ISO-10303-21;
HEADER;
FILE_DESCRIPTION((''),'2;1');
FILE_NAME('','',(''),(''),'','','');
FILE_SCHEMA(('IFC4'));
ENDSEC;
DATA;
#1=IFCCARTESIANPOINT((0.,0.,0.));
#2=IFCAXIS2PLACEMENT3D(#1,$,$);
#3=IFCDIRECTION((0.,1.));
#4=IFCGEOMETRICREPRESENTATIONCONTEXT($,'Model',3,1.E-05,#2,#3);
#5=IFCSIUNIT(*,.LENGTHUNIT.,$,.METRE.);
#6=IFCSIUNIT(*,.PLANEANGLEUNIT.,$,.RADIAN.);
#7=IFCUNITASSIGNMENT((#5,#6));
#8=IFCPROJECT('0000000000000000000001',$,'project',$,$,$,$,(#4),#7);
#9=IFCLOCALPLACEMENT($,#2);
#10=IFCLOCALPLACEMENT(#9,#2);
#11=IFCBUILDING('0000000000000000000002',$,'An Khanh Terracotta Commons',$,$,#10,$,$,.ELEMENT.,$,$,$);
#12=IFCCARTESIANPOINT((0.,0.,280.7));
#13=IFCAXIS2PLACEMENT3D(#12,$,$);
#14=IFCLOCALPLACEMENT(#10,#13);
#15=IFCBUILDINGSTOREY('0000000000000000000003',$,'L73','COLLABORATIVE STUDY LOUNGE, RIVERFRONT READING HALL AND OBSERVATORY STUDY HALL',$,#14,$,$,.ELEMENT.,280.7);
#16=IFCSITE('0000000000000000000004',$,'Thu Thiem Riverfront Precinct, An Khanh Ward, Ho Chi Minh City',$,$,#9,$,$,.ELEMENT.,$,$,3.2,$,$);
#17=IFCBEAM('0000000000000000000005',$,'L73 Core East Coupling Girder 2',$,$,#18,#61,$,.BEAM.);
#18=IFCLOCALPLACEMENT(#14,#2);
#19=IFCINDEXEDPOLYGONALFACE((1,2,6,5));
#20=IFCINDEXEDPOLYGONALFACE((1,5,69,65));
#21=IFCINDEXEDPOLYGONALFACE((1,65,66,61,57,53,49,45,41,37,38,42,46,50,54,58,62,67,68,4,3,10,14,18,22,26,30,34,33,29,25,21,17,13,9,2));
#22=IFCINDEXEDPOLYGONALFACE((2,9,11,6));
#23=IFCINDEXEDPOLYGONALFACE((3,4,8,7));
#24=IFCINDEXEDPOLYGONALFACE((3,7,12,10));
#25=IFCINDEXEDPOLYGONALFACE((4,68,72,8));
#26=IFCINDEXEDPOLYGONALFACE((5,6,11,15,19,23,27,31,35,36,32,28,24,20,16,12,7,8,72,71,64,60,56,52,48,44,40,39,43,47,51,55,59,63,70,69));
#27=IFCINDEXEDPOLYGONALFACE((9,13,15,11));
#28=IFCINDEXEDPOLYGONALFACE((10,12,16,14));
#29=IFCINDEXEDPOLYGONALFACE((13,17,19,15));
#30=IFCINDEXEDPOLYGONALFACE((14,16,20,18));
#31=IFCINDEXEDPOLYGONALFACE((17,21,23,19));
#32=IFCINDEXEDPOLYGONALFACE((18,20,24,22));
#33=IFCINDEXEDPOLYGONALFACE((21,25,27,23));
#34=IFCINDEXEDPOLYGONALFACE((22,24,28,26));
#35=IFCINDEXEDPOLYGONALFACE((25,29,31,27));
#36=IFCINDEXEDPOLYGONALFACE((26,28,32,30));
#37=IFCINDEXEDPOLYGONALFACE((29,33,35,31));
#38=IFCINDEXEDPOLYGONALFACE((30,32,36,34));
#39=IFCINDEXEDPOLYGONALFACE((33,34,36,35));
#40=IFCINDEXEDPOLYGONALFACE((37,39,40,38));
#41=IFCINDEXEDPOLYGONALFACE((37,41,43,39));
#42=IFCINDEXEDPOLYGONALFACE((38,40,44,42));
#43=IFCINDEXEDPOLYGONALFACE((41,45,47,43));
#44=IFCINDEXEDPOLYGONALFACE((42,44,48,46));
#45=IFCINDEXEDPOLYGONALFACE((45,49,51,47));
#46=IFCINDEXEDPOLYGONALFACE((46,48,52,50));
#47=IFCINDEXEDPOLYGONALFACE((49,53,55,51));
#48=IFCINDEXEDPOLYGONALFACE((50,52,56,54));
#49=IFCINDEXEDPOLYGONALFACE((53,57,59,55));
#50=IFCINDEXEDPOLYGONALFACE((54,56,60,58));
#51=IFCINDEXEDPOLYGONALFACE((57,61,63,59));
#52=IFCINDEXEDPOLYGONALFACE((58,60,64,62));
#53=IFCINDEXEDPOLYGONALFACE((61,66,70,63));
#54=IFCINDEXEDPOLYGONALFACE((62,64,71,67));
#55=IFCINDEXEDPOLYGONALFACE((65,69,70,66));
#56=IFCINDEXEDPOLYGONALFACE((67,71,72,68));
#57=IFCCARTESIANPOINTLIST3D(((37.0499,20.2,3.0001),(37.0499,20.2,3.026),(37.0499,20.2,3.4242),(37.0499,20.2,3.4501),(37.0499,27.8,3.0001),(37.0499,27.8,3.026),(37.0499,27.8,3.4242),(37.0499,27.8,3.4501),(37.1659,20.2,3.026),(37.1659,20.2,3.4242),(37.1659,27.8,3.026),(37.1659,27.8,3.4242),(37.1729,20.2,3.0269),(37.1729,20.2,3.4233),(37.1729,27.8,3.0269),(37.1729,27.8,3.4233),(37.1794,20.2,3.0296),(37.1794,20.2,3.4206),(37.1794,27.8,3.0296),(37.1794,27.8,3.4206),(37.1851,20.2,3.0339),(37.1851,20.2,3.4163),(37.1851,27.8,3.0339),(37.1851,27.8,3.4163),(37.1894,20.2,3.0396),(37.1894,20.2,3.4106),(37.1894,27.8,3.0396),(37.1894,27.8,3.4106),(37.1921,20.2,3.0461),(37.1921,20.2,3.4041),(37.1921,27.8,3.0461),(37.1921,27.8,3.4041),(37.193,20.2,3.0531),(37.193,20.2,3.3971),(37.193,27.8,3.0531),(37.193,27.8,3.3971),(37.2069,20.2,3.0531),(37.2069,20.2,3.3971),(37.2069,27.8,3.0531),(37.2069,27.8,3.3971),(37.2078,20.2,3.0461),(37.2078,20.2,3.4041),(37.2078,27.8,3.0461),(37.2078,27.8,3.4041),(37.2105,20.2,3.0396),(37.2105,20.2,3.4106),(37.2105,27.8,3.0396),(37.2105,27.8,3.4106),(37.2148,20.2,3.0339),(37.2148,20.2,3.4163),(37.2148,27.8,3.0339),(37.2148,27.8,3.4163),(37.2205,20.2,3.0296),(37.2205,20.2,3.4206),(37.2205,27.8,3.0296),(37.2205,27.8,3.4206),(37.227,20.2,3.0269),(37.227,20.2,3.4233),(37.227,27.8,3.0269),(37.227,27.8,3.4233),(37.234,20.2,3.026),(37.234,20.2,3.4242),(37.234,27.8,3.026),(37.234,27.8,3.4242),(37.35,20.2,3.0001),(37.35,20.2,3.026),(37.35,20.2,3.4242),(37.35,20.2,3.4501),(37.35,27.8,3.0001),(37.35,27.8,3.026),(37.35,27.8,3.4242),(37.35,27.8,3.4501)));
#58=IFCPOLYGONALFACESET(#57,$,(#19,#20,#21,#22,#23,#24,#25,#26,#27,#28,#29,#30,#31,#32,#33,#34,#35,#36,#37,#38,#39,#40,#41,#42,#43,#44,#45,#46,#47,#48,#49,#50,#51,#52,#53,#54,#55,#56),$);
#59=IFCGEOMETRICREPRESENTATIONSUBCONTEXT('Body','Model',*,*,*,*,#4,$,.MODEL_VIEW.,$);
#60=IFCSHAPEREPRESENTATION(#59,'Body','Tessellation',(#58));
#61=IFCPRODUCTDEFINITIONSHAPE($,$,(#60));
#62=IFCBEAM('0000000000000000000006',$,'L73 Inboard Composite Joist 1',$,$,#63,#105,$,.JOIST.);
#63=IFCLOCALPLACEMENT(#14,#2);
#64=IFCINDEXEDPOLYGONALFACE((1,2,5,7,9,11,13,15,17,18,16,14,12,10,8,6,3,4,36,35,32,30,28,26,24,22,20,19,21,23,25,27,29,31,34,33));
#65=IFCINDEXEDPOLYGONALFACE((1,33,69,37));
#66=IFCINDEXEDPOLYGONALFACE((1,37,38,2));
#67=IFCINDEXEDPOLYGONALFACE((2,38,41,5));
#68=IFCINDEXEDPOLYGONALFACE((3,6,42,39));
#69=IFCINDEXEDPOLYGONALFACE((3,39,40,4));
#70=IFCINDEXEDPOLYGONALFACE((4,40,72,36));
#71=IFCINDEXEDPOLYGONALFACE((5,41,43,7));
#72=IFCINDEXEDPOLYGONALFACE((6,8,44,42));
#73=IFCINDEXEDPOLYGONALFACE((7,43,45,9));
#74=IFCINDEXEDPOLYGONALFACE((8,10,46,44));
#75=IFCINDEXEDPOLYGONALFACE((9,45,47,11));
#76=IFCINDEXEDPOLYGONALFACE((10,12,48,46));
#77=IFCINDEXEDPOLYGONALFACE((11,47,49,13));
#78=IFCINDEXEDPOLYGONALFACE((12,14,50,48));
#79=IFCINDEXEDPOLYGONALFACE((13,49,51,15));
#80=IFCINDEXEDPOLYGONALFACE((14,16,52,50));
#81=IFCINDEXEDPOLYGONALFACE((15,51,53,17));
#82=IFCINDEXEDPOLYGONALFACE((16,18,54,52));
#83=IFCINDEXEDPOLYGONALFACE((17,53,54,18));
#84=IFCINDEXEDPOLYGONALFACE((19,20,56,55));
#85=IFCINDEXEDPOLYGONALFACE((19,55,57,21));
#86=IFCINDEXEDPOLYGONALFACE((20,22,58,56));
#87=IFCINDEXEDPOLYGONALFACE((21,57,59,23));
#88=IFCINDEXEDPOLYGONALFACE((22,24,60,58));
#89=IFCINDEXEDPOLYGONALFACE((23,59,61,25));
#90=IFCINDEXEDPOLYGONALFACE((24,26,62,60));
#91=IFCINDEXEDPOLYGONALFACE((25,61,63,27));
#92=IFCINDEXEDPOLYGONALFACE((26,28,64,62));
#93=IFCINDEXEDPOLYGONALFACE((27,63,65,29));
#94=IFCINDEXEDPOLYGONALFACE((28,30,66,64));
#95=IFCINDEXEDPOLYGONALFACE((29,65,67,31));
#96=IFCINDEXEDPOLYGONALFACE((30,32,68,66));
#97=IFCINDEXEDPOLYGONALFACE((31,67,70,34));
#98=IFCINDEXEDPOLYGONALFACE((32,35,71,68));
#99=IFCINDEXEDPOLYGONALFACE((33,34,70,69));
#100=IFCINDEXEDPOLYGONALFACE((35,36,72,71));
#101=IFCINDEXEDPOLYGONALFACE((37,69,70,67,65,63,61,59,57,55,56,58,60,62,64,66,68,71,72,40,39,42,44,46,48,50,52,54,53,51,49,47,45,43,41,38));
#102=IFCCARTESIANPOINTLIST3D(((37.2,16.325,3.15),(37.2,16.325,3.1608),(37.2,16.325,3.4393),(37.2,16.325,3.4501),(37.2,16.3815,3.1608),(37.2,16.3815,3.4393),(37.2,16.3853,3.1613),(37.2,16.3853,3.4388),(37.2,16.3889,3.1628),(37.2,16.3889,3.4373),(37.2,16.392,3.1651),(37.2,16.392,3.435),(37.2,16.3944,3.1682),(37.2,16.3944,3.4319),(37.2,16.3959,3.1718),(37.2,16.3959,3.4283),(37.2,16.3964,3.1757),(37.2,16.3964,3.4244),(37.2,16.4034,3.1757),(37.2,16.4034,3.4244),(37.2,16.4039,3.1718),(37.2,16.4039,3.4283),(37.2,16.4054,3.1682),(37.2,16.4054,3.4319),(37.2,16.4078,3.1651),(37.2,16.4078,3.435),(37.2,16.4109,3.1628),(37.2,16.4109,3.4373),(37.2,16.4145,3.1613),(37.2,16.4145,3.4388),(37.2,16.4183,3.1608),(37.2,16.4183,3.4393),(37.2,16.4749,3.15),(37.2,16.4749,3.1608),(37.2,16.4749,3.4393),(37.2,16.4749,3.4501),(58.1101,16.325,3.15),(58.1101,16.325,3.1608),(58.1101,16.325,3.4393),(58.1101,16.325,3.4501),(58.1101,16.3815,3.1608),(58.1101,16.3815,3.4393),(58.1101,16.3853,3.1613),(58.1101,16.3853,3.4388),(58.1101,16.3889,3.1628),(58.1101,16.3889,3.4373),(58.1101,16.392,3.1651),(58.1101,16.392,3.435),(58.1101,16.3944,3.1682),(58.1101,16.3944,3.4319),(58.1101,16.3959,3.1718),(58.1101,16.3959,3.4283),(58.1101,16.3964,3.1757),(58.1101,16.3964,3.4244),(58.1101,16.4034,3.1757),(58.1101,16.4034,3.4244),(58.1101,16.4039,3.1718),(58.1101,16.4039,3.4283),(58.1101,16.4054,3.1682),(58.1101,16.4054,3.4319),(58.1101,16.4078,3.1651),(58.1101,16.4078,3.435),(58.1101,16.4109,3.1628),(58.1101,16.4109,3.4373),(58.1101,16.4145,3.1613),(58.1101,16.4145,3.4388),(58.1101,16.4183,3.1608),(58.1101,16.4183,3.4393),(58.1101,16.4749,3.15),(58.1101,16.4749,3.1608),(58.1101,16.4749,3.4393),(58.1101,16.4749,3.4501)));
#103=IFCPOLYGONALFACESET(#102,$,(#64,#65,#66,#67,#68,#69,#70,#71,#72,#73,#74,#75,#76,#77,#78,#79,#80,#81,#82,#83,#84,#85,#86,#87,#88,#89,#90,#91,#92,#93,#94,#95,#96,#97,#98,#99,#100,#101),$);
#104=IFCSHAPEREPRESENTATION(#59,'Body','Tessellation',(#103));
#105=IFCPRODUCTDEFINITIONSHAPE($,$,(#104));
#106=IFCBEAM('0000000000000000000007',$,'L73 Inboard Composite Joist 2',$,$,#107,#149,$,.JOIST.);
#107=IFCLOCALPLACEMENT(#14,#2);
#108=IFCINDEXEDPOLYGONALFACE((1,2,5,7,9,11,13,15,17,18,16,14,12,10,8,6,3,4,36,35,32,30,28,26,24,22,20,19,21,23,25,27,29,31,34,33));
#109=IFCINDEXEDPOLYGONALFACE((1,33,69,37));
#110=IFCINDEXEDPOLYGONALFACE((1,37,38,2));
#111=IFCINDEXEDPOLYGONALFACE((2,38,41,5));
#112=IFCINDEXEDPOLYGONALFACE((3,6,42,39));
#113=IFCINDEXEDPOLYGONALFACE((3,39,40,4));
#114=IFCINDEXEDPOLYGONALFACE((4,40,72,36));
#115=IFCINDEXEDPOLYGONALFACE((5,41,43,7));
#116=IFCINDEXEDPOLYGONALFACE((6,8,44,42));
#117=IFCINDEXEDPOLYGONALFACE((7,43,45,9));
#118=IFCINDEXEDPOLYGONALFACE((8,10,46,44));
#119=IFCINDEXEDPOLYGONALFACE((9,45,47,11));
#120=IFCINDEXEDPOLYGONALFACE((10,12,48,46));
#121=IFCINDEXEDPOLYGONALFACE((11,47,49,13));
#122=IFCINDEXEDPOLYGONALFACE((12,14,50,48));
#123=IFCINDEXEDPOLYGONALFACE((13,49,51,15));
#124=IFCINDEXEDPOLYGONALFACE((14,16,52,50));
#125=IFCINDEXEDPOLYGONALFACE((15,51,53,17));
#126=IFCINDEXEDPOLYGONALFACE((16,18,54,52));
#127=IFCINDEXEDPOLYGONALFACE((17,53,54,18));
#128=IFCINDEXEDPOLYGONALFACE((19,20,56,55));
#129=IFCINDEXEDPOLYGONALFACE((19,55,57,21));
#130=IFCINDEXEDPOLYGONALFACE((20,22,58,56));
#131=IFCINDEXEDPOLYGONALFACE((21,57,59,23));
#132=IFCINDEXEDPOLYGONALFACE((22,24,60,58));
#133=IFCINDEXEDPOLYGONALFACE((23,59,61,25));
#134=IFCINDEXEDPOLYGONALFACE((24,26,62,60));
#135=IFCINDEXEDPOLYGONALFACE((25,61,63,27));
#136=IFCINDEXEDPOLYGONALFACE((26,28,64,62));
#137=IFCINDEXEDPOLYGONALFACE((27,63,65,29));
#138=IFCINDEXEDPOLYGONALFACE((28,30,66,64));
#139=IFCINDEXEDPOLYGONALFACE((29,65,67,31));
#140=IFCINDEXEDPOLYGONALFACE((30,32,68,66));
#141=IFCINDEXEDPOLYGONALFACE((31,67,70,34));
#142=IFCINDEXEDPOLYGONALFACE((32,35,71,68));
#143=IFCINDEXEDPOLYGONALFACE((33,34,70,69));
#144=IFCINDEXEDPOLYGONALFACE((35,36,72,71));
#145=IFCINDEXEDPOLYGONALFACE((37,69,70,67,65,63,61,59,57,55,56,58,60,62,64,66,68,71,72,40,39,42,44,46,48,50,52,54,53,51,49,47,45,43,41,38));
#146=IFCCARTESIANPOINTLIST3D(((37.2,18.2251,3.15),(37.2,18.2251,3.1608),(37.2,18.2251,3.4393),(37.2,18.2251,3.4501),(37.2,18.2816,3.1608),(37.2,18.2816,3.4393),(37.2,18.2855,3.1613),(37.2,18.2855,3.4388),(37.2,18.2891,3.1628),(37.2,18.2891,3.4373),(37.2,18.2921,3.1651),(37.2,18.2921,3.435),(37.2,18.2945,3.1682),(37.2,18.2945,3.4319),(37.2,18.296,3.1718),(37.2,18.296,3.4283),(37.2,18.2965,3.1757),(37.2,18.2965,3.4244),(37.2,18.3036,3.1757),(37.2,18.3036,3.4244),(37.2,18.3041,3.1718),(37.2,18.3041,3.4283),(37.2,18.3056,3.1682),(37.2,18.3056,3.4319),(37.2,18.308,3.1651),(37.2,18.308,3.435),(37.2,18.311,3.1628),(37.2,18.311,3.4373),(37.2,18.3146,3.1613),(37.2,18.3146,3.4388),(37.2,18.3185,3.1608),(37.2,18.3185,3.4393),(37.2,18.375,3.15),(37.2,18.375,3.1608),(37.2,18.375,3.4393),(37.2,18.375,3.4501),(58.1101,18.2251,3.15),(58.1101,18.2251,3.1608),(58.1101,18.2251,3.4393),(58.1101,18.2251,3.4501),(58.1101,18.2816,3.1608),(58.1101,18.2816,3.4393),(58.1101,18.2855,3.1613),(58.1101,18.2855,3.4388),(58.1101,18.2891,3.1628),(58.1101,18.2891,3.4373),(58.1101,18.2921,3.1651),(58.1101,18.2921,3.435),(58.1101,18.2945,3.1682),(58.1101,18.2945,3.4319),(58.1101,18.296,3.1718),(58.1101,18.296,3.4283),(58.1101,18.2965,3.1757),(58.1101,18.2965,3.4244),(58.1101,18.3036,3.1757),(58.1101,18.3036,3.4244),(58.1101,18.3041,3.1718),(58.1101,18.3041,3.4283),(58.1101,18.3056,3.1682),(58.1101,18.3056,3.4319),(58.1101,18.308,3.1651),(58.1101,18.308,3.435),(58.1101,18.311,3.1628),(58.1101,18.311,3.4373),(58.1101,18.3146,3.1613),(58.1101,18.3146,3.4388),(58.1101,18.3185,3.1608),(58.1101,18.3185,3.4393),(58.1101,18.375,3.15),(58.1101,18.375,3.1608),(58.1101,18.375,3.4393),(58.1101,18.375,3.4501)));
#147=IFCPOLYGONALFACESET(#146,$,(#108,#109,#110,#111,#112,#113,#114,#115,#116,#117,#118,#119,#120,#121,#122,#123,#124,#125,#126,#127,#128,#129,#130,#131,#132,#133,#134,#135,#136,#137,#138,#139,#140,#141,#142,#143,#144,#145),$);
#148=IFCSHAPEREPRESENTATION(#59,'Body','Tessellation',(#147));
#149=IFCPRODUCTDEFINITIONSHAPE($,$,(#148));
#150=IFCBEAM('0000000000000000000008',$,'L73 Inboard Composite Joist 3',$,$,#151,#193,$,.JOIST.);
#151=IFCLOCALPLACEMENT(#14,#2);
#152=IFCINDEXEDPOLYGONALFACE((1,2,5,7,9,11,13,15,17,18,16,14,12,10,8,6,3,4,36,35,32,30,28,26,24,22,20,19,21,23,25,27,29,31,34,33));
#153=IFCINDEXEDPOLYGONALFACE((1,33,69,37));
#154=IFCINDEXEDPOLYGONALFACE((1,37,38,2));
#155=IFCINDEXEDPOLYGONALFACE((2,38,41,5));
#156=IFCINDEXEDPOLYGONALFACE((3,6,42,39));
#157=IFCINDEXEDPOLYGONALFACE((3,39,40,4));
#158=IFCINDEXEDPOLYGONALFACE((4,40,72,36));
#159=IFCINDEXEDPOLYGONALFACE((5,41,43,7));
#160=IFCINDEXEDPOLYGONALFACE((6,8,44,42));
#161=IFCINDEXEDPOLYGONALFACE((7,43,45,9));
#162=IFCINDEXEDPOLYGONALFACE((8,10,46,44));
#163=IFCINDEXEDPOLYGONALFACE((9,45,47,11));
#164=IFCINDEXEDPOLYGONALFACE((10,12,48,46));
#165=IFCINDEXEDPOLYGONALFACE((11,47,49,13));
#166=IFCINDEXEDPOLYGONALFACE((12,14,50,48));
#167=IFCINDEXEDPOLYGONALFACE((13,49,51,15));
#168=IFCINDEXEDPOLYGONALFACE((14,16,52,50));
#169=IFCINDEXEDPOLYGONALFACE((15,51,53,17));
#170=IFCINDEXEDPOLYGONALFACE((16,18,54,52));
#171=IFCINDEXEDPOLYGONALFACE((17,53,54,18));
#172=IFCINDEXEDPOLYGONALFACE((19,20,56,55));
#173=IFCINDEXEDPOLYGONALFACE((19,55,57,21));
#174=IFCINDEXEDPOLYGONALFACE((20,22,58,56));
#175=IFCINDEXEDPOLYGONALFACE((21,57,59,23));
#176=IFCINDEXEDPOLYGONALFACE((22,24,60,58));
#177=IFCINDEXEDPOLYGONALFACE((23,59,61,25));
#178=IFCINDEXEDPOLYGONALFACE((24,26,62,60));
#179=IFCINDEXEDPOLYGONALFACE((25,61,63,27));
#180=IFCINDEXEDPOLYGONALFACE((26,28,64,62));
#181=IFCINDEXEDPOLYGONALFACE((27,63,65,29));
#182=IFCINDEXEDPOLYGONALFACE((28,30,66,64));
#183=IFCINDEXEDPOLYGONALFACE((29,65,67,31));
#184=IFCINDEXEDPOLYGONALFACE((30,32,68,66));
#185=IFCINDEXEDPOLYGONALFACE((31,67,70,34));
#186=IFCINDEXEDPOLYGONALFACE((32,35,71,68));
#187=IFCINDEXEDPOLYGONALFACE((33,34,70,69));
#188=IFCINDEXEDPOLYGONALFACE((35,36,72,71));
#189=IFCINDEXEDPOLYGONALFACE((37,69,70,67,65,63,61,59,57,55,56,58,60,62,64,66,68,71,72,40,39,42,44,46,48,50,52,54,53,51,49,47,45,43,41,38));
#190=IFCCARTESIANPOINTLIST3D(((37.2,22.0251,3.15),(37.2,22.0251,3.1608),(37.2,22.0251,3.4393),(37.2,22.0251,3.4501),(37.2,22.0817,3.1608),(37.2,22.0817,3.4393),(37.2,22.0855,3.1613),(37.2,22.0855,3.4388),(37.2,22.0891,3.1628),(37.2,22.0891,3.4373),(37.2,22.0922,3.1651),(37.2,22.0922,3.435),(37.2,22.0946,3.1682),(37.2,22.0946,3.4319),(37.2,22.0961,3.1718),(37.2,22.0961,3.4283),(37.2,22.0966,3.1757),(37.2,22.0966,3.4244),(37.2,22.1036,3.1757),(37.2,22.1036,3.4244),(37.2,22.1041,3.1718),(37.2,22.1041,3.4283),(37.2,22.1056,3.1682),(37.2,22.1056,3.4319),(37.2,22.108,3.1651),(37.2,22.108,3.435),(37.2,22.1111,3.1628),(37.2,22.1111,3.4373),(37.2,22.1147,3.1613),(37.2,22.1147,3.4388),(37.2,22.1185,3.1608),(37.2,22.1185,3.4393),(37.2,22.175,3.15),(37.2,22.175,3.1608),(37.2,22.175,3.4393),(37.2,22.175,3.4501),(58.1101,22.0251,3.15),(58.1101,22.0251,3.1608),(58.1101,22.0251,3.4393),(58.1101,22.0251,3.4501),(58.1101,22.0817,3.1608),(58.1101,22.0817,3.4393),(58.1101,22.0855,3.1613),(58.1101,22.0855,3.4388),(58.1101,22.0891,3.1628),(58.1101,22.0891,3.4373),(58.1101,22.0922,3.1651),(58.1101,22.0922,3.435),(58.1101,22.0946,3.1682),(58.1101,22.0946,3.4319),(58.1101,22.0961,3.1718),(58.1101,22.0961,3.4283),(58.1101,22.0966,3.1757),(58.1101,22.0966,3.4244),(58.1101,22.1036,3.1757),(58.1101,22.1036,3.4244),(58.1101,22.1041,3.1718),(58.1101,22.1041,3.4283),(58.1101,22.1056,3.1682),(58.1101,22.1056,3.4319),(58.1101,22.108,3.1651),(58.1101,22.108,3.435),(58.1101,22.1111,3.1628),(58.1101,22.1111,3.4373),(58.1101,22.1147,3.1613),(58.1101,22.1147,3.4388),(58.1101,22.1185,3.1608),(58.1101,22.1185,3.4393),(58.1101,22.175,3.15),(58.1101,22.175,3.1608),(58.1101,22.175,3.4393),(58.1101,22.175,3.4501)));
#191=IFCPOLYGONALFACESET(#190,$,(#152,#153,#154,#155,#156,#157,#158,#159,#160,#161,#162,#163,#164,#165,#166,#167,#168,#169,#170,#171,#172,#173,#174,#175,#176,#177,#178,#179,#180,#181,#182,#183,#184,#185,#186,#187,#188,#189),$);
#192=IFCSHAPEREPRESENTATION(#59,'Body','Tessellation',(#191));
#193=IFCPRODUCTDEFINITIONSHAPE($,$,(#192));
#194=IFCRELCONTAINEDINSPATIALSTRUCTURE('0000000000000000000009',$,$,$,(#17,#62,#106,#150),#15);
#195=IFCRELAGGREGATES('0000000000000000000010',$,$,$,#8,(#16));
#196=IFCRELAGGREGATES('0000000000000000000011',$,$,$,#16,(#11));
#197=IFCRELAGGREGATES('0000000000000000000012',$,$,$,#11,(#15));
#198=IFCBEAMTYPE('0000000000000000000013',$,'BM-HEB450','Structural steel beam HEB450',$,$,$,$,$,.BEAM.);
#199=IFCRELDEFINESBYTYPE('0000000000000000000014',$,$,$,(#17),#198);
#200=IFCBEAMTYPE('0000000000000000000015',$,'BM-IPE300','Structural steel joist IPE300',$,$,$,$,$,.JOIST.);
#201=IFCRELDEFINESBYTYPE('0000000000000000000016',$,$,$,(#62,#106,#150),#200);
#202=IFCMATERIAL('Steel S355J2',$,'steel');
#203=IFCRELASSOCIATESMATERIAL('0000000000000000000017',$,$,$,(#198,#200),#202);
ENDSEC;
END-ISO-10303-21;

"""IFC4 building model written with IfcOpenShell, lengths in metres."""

from ifc_helpers import new_model, si_unit, direction, frame, origin, origin_2d, place, context, subcontext, project, spatial, i_section, extrude, material, material_profile, profile_set, type_object, element, save


model = new_model("IFC4")

# Units and contexts
model_context = context("Model", 3, precision=1e-05, world=origin(), true_north=direction((0.0, 1.0)))
body_context = subcontext(model_context, "Body", "Model", "MODEL_VIEW")
ifc_project = project(units=[si_unit("LENGTHUNIT", "METRE"), si_unit("PLANEANGLEUNIT", "RADIAN")], contexts=[model_context])

# Site, building, storey
site_placement = place(None, origin())
site = spatial("IfcSite", under=ifc_project, at=site_placement, Name="Thu Thiem Riverfront Precinct, An Khanh Ward, Ho Chi Minh City", CompositionType="ELEMENT", RefElevation=3.2)
building_placement = place(site_placement, origin())
building = spatial("IfcBuilding", under=site, at=building_placement, Name="An Khanh Terracotta Commons", CompositionType="ELEMENT")
storey_placement = place(building_placement, frame((0.0, 0.0, 280.7)))
storey = spatial("IfcBuildingStorey", under=building, at=storey_placement, Name="L73", Description="COLLABORATIVE STUDY LOUNGE, RIVERFRONT READING HALL AND OBSERVATORY STUDY HALL", CompositionType="ELEMENT", Elevation=280.7)

# Beams
ifc_material_1 = material(Name="Steel S355J2", Category="steel")
ifc_material_profile_1 = material_profile(ifc_material_1, i_section(OverallWidth=0.3, OverallDepth=0.45, WebThickness=0.0139, FlangeThickness=0.0259, FilletRadius=0.0271, at=origin_2d()), Name="HEB450")
ifc_profile_set_1 = profile_set([ifc_material_profile_1], Name="Steel S355J2")
beam_type_1 = type_object("IfcBeamType", Name="BM-HEB450", Description="Structural steel beam HEB450", PredefinedType="BEAM", material=ifc_profile_set_1)
beam_1_placement = place(storey_placement, frame((37.2, 20.2, 3.2251), z_axis=(0.0, 1.0, 0.0), x_axis=(-1.0, 0.0, 0.0)))
element("IfcBeam", 1, at=beam_1_placement, inside=storey, type_object=beam_type_1, Name="L73 Core East Coupling Girder 2", PredefinedType="BEAM", context=body_context, shape_type="SweptSolid", body=[
    extrude(i_section(OverallWidth=0.3, OverallDepth=0.45, WebThickness=0.0139, FlangeThickness=0.0259, FilletRadius=0.0271, at=origin_2d()), origin(), (0.0, 0.0, 1.0), 7.6001),
])
ifc_material_profile_2 = material_profile(ifc_material_1, i_section(OverallWidth=0.1499, OverallDepth=0.3, WebThickness=0.0071, FlangeThickness=0.0107, FilletRadius=0.0149, at=origin_2d()), Name="IPE300")
ifc_profile_set_2 = profile_set([ifc_material_profile_2], Name="Steel S355J2")
beam_type_2 = type_object("IfcBeamType", Name="BM-IPE300", Description="Structural steel joist IPE300", PredefinedType="JOIST", material=ifc_profile_set_2)
for number, where, z_axis, x_axis, name in (
    (2, (37.2, 16.3999, 3.3), (1.0, 0.0, 0.0), (0.0, 1.0, 0.0), "L73 Inboard Composite Joist 1"),
    (3, (37.2, 18.3, 3.3), (1.0, 0.0, 0.0), (0.0, 1.0, 0.0), "L73 Inboard Composite Joist 2"),
    (4, (37.2, 22.1001, 3.3), (1.0, 0.0, 0.0), (0.0, 1.0, 0.0), "L73 Inboard Composite Joist 3"),
):
    element("IfcBeam", number, at=place(storey_placement, frame(where, z_axis=z_axis, x_axis=x_axis)), inside=storey, type_object=beam_type_2, Name=name, PredefinedType="JOIST", context=body_context, shape_type="SweptSolid", body=[
        extrude(i_section(OverallWidth=0.1499, OverallDepth=0.3, WebThickness=0.0071, FlangeThickness=0.0107, FilletRadius=0.0149, at=origin_2d()), origin(), (0.0, 0.0, 1.0), 20.9102),
    ])

save(model, "model.ifc")
